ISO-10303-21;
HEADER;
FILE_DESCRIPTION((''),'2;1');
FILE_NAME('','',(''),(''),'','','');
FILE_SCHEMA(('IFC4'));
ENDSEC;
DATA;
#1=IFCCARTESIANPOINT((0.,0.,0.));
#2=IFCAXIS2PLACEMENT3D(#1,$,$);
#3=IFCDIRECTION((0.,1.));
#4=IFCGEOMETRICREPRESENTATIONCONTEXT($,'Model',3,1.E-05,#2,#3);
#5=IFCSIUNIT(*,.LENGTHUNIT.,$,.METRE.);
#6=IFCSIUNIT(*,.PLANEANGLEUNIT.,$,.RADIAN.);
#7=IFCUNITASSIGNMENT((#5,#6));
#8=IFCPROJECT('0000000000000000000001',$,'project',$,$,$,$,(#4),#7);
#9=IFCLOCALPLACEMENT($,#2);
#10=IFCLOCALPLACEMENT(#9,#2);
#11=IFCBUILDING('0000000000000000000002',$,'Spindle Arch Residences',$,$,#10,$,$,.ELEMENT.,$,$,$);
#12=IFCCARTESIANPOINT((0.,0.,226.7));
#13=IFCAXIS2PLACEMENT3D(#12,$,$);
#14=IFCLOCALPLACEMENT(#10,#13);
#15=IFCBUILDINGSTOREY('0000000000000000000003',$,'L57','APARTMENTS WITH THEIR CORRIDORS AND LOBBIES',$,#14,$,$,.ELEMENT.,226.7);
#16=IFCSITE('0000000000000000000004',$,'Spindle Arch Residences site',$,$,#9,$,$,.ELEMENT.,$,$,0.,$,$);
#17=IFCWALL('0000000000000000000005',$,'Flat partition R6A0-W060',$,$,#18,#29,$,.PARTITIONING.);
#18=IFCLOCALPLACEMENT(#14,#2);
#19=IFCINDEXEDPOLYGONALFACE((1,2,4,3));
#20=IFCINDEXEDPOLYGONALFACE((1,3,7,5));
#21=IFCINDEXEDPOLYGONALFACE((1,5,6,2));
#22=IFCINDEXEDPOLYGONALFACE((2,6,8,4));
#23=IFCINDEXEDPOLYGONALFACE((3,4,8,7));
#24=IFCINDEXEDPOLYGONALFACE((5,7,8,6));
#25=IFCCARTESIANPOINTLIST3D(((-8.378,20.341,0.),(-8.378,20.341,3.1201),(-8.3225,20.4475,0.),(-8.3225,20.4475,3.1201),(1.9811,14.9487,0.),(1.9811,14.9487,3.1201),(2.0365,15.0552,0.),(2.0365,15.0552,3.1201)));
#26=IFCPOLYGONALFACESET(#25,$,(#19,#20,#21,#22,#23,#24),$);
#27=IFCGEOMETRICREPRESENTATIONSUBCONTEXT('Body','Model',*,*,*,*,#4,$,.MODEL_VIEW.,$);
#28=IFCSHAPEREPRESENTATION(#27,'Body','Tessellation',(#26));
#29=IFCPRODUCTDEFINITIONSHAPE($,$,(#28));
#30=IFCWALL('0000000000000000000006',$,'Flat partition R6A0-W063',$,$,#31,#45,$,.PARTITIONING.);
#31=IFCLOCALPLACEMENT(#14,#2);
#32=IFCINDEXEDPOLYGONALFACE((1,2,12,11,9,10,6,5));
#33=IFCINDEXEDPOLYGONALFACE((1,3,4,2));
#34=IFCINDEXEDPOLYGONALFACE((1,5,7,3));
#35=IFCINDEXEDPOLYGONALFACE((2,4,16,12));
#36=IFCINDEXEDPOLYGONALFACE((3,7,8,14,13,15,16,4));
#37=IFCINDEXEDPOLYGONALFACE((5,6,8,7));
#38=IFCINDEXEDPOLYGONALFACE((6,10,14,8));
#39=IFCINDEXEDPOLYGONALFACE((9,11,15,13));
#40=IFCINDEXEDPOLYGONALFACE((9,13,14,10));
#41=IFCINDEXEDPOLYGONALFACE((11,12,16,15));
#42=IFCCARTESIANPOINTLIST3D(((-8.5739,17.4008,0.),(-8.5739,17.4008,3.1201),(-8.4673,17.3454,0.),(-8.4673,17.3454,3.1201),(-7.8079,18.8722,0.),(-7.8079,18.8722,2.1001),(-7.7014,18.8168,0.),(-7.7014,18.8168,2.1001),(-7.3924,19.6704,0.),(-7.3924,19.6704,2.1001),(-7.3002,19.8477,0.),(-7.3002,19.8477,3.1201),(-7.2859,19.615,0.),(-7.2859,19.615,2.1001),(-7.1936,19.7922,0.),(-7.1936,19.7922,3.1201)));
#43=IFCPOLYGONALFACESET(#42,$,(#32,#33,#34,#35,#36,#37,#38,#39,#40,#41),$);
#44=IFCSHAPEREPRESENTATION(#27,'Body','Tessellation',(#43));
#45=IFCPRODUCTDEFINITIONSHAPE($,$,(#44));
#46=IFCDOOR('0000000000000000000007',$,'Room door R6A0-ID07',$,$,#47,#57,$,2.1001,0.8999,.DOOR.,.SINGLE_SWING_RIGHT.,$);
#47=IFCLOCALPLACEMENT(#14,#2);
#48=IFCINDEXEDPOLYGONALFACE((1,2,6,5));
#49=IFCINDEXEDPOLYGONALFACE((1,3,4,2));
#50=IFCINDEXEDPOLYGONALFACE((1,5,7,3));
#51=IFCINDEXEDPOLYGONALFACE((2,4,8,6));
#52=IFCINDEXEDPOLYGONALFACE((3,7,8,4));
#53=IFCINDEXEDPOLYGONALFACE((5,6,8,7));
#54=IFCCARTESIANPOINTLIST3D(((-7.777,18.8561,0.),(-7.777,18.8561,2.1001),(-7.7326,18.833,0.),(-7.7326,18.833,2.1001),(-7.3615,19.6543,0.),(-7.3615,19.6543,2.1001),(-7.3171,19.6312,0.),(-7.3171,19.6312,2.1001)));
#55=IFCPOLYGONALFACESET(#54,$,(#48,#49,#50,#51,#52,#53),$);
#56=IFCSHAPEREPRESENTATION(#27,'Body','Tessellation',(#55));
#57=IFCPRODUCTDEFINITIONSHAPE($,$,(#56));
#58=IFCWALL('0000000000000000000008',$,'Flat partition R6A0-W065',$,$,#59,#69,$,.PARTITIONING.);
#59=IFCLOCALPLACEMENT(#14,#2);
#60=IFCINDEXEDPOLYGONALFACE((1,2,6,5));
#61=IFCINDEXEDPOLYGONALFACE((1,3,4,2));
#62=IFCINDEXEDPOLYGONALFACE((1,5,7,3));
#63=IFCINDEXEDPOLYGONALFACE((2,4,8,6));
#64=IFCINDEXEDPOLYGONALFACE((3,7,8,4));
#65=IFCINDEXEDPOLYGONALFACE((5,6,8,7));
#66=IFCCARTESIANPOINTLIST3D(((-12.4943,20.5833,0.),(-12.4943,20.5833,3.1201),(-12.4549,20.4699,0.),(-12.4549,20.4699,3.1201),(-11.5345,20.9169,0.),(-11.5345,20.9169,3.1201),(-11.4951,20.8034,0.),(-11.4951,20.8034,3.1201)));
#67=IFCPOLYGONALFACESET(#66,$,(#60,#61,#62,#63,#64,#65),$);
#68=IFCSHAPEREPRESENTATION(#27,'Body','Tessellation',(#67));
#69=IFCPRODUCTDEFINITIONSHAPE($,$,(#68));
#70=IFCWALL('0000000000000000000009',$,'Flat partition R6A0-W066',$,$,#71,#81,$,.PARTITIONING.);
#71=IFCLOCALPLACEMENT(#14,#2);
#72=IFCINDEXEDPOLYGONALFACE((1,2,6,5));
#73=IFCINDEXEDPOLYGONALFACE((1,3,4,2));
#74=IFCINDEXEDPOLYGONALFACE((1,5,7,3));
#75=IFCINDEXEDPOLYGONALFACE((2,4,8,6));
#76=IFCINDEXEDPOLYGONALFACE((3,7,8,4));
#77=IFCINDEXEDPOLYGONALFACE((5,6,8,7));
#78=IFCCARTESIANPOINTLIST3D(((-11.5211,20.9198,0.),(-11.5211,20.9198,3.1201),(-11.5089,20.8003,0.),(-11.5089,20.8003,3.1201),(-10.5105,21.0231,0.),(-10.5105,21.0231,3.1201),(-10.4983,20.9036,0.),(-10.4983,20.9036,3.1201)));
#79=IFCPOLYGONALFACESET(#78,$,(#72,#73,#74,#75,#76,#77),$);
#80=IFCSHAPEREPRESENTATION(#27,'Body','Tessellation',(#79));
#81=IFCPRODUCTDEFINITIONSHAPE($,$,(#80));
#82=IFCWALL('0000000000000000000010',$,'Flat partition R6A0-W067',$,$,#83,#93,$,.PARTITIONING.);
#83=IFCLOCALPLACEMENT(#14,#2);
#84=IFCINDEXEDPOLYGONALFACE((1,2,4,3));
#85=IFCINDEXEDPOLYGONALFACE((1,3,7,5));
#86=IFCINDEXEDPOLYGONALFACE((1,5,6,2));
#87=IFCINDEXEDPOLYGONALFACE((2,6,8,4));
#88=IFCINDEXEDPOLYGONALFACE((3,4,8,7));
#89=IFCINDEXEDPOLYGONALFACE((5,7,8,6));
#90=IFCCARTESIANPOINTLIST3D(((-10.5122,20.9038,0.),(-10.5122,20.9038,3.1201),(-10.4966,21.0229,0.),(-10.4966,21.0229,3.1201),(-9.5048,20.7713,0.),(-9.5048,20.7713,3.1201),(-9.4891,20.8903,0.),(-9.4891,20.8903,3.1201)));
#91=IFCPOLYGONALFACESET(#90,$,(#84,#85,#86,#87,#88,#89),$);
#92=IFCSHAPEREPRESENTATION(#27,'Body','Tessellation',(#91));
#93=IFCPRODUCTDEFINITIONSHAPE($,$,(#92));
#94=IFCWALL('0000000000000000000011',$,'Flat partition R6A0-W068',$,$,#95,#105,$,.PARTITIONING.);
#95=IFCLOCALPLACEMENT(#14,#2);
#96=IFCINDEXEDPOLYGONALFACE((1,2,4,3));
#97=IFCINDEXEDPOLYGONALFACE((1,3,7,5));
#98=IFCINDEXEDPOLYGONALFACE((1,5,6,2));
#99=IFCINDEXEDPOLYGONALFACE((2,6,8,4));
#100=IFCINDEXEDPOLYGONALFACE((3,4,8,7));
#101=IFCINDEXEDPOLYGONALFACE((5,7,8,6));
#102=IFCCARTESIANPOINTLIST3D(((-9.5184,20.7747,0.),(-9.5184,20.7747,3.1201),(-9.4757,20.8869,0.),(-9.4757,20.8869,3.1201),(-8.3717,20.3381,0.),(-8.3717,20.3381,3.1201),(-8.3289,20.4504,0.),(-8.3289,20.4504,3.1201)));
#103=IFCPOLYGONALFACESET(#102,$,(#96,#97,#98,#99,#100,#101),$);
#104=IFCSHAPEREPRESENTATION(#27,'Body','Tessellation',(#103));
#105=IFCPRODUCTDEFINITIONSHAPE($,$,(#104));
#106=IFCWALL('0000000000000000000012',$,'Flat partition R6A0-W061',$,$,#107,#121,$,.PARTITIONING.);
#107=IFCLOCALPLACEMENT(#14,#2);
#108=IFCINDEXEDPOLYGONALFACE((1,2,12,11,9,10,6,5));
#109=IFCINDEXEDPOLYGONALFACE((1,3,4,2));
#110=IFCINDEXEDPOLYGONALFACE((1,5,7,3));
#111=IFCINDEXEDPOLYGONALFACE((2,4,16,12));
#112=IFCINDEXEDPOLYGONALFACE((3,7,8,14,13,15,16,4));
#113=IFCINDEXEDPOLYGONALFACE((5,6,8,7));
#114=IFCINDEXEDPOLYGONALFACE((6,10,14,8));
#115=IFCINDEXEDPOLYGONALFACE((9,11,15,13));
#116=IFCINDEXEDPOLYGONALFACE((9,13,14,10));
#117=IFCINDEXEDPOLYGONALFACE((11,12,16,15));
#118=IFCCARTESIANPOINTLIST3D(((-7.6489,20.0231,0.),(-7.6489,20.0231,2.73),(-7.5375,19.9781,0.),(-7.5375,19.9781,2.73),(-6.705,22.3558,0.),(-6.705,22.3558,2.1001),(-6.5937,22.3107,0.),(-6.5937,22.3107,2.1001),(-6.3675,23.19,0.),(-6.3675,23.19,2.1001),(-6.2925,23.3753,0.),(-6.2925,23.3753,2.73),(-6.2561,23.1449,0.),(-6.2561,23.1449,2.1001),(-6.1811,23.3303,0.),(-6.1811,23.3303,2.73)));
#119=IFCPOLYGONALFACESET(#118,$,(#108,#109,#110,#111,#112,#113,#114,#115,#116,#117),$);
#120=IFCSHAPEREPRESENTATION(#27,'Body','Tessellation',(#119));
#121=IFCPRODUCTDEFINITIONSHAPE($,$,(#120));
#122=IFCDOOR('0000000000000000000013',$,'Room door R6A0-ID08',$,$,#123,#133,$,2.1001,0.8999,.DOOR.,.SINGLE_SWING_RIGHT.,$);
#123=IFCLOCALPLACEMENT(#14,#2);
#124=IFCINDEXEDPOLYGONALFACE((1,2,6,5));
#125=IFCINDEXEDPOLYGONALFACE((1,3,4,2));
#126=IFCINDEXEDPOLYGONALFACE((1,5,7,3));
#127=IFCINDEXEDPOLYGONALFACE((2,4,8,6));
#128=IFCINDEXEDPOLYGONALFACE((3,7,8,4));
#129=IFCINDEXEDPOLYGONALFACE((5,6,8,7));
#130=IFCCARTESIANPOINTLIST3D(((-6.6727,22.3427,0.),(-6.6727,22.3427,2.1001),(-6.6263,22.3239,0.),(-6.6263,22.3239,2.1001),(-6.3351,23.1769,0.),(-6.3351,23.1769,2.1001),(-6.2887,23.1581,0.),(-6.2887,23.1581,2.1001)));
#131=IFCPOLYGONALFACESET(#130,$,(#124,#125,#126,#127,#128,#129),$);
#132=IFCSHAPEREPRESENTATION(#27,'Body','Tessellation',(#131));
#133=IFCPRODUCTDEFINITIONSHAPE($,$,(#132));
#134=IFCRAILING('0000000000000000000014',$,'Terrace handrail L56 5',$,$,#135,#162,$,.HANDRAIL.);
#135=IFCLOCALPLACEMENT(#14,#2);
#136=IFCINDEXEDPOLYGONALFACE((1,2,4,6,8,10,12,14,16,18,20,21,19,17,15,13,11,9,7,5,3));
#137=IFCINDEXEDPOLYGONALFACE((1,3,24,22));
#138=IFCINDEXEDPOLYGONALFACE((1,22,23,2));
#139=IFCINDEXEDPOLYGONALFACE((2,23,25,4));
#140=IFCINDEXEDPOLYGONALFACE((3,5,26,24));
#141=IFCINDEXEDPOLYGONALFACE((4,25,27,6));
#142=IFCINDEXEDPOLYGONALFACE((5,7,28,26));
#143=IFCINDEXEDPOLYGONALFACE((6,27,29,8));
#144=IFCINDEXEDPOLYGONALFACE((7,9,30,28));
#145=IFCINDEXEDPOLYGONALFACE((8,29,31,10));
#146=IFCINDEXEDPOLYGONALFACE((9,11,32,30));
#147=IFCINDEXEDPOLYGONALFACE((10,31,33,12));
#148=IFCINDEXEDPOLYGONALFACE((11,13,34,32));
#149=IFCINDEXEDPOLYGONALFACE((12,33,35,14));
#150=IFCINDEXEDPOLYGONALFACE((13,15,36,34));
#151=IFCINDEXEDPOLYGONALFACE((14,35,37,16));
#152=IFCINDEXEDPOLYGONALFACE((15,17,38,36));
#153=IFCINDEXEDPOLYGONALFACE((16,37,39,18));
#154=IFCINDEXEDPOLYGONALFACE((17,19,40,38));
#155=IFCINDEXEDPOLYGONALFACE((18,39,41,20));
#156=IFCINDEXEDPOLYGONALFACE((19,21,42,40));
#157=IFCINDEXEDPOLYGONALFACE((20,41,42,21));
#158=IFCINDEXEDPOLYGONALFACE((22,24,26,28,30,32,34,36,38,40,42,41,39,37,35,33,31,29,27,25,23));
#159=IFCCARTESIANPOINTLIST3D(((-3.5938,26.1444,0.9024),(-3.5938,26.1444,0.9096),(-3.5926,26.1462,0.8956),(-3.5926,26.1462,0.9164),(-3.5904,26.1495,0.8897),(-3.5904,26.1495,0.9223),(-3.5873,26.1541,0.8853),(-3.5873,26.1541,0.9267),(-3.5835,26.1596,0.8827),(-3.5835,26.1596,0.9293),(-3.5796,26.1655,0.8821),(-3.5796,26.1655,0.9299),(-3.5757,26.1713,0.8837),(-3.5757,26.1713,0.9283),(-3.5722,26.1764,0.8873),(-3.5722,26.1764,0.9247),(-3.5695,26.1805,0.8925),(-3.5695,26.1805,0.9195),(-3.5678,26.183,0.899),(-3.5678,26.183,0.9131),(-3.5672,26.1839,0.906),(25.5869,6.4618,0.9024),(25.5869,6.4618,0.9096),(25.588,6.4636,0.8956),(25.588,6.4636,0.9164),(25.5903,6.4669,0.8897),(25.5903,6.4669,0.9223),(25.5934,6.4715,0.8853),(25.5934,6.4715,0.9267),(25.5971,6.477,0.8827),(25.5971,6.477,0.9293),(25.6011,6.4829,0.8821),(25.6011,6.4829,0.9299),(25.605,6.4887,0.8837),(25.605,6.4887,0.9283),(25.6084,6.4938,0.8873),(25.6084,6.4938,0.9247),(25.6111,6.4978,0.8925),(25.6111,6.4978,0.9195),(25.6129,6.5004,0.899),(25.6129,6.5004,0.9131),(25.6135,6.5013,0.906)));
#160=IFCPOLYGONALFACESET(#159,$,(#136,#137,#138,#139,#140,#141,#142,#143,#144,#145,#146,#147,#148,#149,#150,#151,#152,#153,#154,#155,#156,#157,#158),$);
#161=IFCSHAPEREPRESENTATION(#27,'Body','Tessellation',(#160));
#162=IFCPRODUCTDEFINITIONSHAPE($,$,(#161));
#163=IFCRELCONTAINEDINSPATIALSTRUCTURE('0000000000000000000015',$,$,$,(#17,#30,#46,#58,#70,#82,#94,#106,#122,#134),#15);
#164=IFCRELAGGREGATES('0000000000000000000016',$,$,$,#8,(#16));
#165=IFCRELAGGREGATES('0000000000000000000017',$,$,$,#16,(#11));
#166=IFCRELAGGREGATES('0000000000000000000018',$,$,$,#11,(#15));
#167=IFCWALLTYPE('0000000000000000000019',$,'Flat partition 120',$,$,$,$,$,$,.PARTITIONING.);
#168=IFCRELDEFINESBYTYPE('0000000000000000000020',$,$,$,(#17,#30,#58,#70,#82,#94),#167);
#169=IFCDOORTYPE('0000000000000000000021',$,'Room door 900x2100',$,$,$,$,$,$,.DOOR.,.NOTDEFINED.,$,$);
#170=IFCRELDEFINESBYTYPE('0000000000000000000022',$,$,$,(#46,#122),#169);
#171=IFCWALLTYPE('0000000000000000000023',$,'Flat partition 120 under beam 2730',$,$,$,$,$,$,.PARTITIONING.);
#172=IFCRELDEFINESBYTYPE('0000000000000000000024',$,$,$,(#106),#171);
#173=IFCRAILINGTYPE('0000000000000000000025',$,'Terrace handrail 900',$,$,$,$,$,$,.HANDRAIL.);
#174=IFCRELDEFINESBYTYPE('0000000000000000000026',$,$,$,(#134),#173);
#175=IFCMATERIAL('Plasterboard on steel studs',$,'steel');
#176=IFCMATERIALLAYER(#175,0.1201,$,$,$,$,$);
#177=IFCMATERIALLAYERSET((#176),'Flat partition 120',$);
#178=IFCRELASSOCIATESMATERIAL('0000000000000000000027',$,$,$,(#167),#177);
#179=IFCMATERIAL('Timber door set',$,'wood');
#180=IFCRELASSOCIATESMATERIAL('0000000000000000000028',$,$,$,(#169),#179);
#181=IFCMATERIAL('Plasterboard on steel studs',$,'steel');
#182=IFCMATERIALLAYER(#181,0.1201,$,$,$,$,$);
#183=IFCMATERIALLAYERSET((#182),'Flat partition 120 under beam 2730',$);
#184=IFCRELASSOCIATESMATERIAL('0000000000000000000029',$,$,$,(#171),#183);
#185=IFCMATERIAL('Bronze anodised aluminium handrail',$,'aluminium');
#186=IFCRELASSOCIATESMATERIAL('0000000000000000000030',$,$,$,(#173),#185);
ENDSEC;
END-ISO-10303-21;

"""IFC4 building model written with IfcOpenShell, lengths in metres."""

from ifc_helpers import new_model, si_unit, direction, frame, frame_2d, origin, origin_2d, place, context, subcontext, project, spatial, rectangle, circle, extrude, material, layer, layer_set, type_object, element, fill, save


model = new_model("IFC4")

# Units and contexts
model_context = context("Model", 3, precision=1e-05, world=origin(), true_north=direction((0.0, 1.0)))
body_context = subcontext(model_context, "Body", "Model", "MODEL_VIEW")
ifc_project = project(units=[si_unit("LENGTHUNIT", "METRE"), si_unit("PLANEANGLEUNIT", "RADIAN")], contexts=[model_context])

# Site, building, storey
site_placement = place(None, origin())
site = spatial("IfcSite", under=ifc_project, at=site_placement, Name="Spindle Arch Residences site", CompositionType="ELEMENT", RefElevation=0.0)
building_placement = place(site_placement, origin())
building = spatial("IfcBuilding", under=site, at=building_placement, Name="Spindle Arch Residences", CompositionType="ELEMENT")
storey_placement = place(building_placement, frame((0.0, 0.0, 226.7)))
storey = spatial("IfcBuildingStorey", under=building, at=storey_placement, Name="L57", Description="APARTMENTS WITH THEIR CORRIDORS AND LOBBIES", CompositionType="ELEMENT", Elevation=226.7)

# Wall
ifc_material_1 = material(Name="Plasterboard on steel studs", Category="steel")
ifc_layer_1 = layer(ifc_material_1, 0.1201)
ifc_layer_set_1 = layer_set([ifc_layer_1], Name="Flat partition 120")
wall_type_1 = type_object("IfcWallType", Name="Flat partition 120", PredefinedType="PARTITIONING", material=ifc_layer_set_1)
wall_1_placement = place(storey_placement, frame((-8.3503, 20.3943, 0.0), z_axis=(0.0, 0.0, 1.0), x_axis=(0.887021, -0.461729, 0.0)))
element("IfcWall", 1, at=wall_1_placement, inside=storey, type_object=wall_type_1, Name="Flat partition R6A0-W060", PredefinedType="PARTITIONING", context=body_context, shape_type="SweptSolid", body=[
    extrude(rectangle(XDim=11.6785, YDim=0.1201, at=frame_2d((5.8394, 0.0))), origin(), (0.0, 0.0, 1.0), 3.1201),
])

# Wall, opening, door
wall_2_placement = place(storey_placement, frame((-7.2468, 19.8201, 0.0), z_axis=(0.0, 0.0, 1.0), x_axis=(-0.46174, -0.887015, 0.0)))
wall_2 = element("IfcWall", 2, at=wall_2_placement, inside=storey, type_object=wall_type_1, Name="Flat partition R6A0-W063", PredefinedType="PARTITIONING", context=body_context, shape_type="SweptSolid", body=[
    extrude(rectangle(XDim=2.7585, YDim=0.1201, at=frame_2d((1.3794, 0.0))), origin(), (0.0, 0.0, 1.0), 3.1201),
])
opening_1_placement = place(wall_2_placement, frame((0.2, 0.0, 0.0)))
opening_1 = element("IfcOpeningElement", 3, at=opening_1_placement, cuts=wall_2, PredefinedType="OPENING", context=body_context, shape_type="SweptSolid", body=[
    extrude(rectangle(XDim=0.8999, YDim=2.1001, at=frame_2d((0.45, 1.05))), frame((0.0, 0.0701, 0.0), z_axis=(0.0, -1.0, 0.0), x_axis=(1.0, 0.0, 0.0)), (0.0, 0.0, 1.0), 0.1401),
])
ifc_material_2 = material(Name="Timber door set", Category="wood")
door_type = type_object("IfcDoorType", Name="Room door 900x2100", OperationType="NOTDEFINED", PredefinedType="DOOR", material=ifc_material_2)
door_1_placement = place(opening_1_placement, origin())
door_1 = element("IfcDoor", 4, at=door_1_placement, inside=storey, type_object=door_type, Name="Room door R6A0-ID07", OperationType="SINGLE_SWING_RIGHT", OverallHeight=2.1001, OverallWidth=0.8999, PredefinedType="DOOR", context=body_context, shape_type="SweptSolid", body=[
    extrude(rectangle(XDim=0.8999, YDim=2.1001, at=frame_2d((0.45, 1.05))), frame((0.0, 0.0249, 0.0), z_axis=(0.0, -1.0, 0.0), x_axis=(1.0, 0.0, 0.0)), (0.0, 0.0, 1.0), 0.05),
])
fill(opening_1, door_1)

# Walls
wall_3_placement = place(storey_placement, frame((-12.4746, 20.5266, 0.0), z_axis=(0.0, 0.0, 1.0), x_axis=(0.944594, 0.328241, 0.0)))
element("IfcWall", 5, at=wall_3_placement, inside=storey, type_object=wall_type_1, Name="Flat partition R6A0-W065", PredefinedType="PARTITIONING", context=body_context, shape_type="SweptSolid", body=[
    extrude(rectangle(XDim=1.0161, YDim=0.1201, at=frame_2d((0.5081, 0.0))), origin(), (0.0, 0.0, 1.0), 3.1201),
])
wall_4_placement = place(storey_placement, frame((-11.5149, 20.8601, 0.0), z_axis=(0.0, 0.0, 1.0), x_axis=(0.994818, 0.101669, 0.0)))
element("IfcWall", 6, at=wall_4_placement, inside=storey, type_object=wall_type_1, Name="Flat partition R6A0-W066", PredefinedType="PARTITIONING", context=body_context, shape_type="SweptSolid", body=[
    extrude(rectangle(XDim=1.0159, YDim=0.1201, at=frame_2d((0.5078, 0.0))), origin(), (0.0, 0.0, 1.0), 3.1201),
])
wall_5_placement = place(storey_placement, frame((-10.5044, 20.9634, 0.0), z_axis=(0.0, 0.0, 1.0), x_axis=(0.991451, -0.130479, 0.0)))
element("IfcWall", 7, at=wall_5_placement, inside=storey, type_object=wall_type_1, Name="Flat partition R6A0-W067", PredefinedType="PARTITIONING", context=body_context, shape_type="SweptSolid", body=[
    extrude(rectangle(XDim=1.0161, YDim=0.1201, at=frame_2d((0.5081, 0.0))), origin(), (0.0, 0.0, 1.0), 3.1201),
])
wall_6_placement = place(storey_placement, frame((-9.4971, 20.8308, 0.0), z_axis=(0.0, 0.0, 1.0), x_axis=(0.934576, -0.355764, 0.0)))
element("IfcWall", 8, at=wall_6_placement, inside=storey, type_object=wall_type_1, Name="Flat partition R6A0-W068", PredefinedType="PARTITIONING", context=body_context, shape_type="SweptSolid", body=[
    extrude(rectangle(XDim=1.2271, YDim=0.1201, at=frame_2d((0.6135, 0.0))), origin(), (0.0, 0.0, 1.0), 3.1201),
])

# Wall, opening, door
ifc_material_3 = material(Name="Plasterboard on steel studs", Category="steel")
ifc_layer_2 = layer(ifc_material_3, 0.1201)
ifc_layer_set_2 = layer_set([ifc_layer_2], Name="Flat partition 120 under beam 2730")
wall_type_2 = type_object("IfcWallType", Name="Flat partition 120 under beam 2730", PredefinedType="PARTITIONING", material=ifc_layer_set_2)
wall_7_placement = place(storey_placement, frame((-6.2368, 23.3528, 0.0), z_axis=(0.0, 0.0, 1.0), x_axis=(-0.375089, -0.926989, 0.0)))
wall_7 = element("IfcWall", 9, at=wall_7_placement, inside=storey, type_object=wall_type_2, Name="Flat partition R6A0-W061", PredefinedType="PARTITIONING", context=body_context, shape_type="SweptSolid", body=[
    extrude(rectangle(XDim=3.6162, YDim=0.1201, at=frame_2d((1.8081, 0.0))), origin(), (0.0, 0.0, 1.0), 2.73),
])
opening_2_placement = place(wall_7_placement, frame((0.2, 0.0, 0.0)))
opening_2 = element("IfcOpeningElement", 10, at=opening_2_placement, cuts=wall_7, PredefinedType="OPENING", context=body_context, shape_type="SweptSolid", body=[
    extrude(rectangle(XDim=0.8999, YDim=2.1001, at=frame_2d((0.45, 1.05))), frame((0.0, 0.0701, 0.0), z_axis=(0.0, -1.0, 0.0), x_axis=(1.0, 0.0, 0.0)), (0.0, 0.0, 1.0), 0.1401),
])
door_2_placement = place(opening_2_placement, origin())
door_2 = element("IfcDoor", 11, at=door_2_placement, inside=storey, type_object=door_type, Name="Room door R6A0-ID08", OperationType="SINGLE_SWING_RIGHT", OverallHeight=2.1001, OverallWidth=0.8999, PredefinedType="DOOR", context=body_context, shape_type="SweptSolid", body=[
    extrude(rectangle(XDim=0.8999, YDim=2.1001, at=frame_2d((0.45, 1.05))), frame((0.0, 0.0249, 0.0), z_axis=(0.0, -1.0, 0.0), x_axis=(1.0, 0.0, 0.0)), (0.0, 0.0, 1.0), 0.05),
])
fill(opening_2, door_2)

# Railing
ifc_material_4 = material(Name="Bronze anodised aluminium handrail", Category="aluminium")
railing_type_1 = type_object("IfcRailingType", Name="Terrace handrail 900", PredefinedType="HANDRAIL", material=ifc_material_4)
railing_1_placement = place(storey_placement, frame((-3.5806, 26.1641, 0.03)))
element("IfcRailing", 12, at=railing_1_placement, inside=storey, type_object=railing_type_1, Name="Terrace handrail L56 5", PredefinedType="HANDRAIL", context=body_context, shape_type="SweptSolid", body=[
    extrude(circle(Radius=0.0239, at=origin_2d()), frame((0.0, 0.0, 0.876), z_axis=(0.829037, -0.559193, 0.0), x_axis=(0.559193, 0.829037, 0.0)), (0.0, 0.0, 1.0), 35.1982),
])

save(model, "model.ifc")
